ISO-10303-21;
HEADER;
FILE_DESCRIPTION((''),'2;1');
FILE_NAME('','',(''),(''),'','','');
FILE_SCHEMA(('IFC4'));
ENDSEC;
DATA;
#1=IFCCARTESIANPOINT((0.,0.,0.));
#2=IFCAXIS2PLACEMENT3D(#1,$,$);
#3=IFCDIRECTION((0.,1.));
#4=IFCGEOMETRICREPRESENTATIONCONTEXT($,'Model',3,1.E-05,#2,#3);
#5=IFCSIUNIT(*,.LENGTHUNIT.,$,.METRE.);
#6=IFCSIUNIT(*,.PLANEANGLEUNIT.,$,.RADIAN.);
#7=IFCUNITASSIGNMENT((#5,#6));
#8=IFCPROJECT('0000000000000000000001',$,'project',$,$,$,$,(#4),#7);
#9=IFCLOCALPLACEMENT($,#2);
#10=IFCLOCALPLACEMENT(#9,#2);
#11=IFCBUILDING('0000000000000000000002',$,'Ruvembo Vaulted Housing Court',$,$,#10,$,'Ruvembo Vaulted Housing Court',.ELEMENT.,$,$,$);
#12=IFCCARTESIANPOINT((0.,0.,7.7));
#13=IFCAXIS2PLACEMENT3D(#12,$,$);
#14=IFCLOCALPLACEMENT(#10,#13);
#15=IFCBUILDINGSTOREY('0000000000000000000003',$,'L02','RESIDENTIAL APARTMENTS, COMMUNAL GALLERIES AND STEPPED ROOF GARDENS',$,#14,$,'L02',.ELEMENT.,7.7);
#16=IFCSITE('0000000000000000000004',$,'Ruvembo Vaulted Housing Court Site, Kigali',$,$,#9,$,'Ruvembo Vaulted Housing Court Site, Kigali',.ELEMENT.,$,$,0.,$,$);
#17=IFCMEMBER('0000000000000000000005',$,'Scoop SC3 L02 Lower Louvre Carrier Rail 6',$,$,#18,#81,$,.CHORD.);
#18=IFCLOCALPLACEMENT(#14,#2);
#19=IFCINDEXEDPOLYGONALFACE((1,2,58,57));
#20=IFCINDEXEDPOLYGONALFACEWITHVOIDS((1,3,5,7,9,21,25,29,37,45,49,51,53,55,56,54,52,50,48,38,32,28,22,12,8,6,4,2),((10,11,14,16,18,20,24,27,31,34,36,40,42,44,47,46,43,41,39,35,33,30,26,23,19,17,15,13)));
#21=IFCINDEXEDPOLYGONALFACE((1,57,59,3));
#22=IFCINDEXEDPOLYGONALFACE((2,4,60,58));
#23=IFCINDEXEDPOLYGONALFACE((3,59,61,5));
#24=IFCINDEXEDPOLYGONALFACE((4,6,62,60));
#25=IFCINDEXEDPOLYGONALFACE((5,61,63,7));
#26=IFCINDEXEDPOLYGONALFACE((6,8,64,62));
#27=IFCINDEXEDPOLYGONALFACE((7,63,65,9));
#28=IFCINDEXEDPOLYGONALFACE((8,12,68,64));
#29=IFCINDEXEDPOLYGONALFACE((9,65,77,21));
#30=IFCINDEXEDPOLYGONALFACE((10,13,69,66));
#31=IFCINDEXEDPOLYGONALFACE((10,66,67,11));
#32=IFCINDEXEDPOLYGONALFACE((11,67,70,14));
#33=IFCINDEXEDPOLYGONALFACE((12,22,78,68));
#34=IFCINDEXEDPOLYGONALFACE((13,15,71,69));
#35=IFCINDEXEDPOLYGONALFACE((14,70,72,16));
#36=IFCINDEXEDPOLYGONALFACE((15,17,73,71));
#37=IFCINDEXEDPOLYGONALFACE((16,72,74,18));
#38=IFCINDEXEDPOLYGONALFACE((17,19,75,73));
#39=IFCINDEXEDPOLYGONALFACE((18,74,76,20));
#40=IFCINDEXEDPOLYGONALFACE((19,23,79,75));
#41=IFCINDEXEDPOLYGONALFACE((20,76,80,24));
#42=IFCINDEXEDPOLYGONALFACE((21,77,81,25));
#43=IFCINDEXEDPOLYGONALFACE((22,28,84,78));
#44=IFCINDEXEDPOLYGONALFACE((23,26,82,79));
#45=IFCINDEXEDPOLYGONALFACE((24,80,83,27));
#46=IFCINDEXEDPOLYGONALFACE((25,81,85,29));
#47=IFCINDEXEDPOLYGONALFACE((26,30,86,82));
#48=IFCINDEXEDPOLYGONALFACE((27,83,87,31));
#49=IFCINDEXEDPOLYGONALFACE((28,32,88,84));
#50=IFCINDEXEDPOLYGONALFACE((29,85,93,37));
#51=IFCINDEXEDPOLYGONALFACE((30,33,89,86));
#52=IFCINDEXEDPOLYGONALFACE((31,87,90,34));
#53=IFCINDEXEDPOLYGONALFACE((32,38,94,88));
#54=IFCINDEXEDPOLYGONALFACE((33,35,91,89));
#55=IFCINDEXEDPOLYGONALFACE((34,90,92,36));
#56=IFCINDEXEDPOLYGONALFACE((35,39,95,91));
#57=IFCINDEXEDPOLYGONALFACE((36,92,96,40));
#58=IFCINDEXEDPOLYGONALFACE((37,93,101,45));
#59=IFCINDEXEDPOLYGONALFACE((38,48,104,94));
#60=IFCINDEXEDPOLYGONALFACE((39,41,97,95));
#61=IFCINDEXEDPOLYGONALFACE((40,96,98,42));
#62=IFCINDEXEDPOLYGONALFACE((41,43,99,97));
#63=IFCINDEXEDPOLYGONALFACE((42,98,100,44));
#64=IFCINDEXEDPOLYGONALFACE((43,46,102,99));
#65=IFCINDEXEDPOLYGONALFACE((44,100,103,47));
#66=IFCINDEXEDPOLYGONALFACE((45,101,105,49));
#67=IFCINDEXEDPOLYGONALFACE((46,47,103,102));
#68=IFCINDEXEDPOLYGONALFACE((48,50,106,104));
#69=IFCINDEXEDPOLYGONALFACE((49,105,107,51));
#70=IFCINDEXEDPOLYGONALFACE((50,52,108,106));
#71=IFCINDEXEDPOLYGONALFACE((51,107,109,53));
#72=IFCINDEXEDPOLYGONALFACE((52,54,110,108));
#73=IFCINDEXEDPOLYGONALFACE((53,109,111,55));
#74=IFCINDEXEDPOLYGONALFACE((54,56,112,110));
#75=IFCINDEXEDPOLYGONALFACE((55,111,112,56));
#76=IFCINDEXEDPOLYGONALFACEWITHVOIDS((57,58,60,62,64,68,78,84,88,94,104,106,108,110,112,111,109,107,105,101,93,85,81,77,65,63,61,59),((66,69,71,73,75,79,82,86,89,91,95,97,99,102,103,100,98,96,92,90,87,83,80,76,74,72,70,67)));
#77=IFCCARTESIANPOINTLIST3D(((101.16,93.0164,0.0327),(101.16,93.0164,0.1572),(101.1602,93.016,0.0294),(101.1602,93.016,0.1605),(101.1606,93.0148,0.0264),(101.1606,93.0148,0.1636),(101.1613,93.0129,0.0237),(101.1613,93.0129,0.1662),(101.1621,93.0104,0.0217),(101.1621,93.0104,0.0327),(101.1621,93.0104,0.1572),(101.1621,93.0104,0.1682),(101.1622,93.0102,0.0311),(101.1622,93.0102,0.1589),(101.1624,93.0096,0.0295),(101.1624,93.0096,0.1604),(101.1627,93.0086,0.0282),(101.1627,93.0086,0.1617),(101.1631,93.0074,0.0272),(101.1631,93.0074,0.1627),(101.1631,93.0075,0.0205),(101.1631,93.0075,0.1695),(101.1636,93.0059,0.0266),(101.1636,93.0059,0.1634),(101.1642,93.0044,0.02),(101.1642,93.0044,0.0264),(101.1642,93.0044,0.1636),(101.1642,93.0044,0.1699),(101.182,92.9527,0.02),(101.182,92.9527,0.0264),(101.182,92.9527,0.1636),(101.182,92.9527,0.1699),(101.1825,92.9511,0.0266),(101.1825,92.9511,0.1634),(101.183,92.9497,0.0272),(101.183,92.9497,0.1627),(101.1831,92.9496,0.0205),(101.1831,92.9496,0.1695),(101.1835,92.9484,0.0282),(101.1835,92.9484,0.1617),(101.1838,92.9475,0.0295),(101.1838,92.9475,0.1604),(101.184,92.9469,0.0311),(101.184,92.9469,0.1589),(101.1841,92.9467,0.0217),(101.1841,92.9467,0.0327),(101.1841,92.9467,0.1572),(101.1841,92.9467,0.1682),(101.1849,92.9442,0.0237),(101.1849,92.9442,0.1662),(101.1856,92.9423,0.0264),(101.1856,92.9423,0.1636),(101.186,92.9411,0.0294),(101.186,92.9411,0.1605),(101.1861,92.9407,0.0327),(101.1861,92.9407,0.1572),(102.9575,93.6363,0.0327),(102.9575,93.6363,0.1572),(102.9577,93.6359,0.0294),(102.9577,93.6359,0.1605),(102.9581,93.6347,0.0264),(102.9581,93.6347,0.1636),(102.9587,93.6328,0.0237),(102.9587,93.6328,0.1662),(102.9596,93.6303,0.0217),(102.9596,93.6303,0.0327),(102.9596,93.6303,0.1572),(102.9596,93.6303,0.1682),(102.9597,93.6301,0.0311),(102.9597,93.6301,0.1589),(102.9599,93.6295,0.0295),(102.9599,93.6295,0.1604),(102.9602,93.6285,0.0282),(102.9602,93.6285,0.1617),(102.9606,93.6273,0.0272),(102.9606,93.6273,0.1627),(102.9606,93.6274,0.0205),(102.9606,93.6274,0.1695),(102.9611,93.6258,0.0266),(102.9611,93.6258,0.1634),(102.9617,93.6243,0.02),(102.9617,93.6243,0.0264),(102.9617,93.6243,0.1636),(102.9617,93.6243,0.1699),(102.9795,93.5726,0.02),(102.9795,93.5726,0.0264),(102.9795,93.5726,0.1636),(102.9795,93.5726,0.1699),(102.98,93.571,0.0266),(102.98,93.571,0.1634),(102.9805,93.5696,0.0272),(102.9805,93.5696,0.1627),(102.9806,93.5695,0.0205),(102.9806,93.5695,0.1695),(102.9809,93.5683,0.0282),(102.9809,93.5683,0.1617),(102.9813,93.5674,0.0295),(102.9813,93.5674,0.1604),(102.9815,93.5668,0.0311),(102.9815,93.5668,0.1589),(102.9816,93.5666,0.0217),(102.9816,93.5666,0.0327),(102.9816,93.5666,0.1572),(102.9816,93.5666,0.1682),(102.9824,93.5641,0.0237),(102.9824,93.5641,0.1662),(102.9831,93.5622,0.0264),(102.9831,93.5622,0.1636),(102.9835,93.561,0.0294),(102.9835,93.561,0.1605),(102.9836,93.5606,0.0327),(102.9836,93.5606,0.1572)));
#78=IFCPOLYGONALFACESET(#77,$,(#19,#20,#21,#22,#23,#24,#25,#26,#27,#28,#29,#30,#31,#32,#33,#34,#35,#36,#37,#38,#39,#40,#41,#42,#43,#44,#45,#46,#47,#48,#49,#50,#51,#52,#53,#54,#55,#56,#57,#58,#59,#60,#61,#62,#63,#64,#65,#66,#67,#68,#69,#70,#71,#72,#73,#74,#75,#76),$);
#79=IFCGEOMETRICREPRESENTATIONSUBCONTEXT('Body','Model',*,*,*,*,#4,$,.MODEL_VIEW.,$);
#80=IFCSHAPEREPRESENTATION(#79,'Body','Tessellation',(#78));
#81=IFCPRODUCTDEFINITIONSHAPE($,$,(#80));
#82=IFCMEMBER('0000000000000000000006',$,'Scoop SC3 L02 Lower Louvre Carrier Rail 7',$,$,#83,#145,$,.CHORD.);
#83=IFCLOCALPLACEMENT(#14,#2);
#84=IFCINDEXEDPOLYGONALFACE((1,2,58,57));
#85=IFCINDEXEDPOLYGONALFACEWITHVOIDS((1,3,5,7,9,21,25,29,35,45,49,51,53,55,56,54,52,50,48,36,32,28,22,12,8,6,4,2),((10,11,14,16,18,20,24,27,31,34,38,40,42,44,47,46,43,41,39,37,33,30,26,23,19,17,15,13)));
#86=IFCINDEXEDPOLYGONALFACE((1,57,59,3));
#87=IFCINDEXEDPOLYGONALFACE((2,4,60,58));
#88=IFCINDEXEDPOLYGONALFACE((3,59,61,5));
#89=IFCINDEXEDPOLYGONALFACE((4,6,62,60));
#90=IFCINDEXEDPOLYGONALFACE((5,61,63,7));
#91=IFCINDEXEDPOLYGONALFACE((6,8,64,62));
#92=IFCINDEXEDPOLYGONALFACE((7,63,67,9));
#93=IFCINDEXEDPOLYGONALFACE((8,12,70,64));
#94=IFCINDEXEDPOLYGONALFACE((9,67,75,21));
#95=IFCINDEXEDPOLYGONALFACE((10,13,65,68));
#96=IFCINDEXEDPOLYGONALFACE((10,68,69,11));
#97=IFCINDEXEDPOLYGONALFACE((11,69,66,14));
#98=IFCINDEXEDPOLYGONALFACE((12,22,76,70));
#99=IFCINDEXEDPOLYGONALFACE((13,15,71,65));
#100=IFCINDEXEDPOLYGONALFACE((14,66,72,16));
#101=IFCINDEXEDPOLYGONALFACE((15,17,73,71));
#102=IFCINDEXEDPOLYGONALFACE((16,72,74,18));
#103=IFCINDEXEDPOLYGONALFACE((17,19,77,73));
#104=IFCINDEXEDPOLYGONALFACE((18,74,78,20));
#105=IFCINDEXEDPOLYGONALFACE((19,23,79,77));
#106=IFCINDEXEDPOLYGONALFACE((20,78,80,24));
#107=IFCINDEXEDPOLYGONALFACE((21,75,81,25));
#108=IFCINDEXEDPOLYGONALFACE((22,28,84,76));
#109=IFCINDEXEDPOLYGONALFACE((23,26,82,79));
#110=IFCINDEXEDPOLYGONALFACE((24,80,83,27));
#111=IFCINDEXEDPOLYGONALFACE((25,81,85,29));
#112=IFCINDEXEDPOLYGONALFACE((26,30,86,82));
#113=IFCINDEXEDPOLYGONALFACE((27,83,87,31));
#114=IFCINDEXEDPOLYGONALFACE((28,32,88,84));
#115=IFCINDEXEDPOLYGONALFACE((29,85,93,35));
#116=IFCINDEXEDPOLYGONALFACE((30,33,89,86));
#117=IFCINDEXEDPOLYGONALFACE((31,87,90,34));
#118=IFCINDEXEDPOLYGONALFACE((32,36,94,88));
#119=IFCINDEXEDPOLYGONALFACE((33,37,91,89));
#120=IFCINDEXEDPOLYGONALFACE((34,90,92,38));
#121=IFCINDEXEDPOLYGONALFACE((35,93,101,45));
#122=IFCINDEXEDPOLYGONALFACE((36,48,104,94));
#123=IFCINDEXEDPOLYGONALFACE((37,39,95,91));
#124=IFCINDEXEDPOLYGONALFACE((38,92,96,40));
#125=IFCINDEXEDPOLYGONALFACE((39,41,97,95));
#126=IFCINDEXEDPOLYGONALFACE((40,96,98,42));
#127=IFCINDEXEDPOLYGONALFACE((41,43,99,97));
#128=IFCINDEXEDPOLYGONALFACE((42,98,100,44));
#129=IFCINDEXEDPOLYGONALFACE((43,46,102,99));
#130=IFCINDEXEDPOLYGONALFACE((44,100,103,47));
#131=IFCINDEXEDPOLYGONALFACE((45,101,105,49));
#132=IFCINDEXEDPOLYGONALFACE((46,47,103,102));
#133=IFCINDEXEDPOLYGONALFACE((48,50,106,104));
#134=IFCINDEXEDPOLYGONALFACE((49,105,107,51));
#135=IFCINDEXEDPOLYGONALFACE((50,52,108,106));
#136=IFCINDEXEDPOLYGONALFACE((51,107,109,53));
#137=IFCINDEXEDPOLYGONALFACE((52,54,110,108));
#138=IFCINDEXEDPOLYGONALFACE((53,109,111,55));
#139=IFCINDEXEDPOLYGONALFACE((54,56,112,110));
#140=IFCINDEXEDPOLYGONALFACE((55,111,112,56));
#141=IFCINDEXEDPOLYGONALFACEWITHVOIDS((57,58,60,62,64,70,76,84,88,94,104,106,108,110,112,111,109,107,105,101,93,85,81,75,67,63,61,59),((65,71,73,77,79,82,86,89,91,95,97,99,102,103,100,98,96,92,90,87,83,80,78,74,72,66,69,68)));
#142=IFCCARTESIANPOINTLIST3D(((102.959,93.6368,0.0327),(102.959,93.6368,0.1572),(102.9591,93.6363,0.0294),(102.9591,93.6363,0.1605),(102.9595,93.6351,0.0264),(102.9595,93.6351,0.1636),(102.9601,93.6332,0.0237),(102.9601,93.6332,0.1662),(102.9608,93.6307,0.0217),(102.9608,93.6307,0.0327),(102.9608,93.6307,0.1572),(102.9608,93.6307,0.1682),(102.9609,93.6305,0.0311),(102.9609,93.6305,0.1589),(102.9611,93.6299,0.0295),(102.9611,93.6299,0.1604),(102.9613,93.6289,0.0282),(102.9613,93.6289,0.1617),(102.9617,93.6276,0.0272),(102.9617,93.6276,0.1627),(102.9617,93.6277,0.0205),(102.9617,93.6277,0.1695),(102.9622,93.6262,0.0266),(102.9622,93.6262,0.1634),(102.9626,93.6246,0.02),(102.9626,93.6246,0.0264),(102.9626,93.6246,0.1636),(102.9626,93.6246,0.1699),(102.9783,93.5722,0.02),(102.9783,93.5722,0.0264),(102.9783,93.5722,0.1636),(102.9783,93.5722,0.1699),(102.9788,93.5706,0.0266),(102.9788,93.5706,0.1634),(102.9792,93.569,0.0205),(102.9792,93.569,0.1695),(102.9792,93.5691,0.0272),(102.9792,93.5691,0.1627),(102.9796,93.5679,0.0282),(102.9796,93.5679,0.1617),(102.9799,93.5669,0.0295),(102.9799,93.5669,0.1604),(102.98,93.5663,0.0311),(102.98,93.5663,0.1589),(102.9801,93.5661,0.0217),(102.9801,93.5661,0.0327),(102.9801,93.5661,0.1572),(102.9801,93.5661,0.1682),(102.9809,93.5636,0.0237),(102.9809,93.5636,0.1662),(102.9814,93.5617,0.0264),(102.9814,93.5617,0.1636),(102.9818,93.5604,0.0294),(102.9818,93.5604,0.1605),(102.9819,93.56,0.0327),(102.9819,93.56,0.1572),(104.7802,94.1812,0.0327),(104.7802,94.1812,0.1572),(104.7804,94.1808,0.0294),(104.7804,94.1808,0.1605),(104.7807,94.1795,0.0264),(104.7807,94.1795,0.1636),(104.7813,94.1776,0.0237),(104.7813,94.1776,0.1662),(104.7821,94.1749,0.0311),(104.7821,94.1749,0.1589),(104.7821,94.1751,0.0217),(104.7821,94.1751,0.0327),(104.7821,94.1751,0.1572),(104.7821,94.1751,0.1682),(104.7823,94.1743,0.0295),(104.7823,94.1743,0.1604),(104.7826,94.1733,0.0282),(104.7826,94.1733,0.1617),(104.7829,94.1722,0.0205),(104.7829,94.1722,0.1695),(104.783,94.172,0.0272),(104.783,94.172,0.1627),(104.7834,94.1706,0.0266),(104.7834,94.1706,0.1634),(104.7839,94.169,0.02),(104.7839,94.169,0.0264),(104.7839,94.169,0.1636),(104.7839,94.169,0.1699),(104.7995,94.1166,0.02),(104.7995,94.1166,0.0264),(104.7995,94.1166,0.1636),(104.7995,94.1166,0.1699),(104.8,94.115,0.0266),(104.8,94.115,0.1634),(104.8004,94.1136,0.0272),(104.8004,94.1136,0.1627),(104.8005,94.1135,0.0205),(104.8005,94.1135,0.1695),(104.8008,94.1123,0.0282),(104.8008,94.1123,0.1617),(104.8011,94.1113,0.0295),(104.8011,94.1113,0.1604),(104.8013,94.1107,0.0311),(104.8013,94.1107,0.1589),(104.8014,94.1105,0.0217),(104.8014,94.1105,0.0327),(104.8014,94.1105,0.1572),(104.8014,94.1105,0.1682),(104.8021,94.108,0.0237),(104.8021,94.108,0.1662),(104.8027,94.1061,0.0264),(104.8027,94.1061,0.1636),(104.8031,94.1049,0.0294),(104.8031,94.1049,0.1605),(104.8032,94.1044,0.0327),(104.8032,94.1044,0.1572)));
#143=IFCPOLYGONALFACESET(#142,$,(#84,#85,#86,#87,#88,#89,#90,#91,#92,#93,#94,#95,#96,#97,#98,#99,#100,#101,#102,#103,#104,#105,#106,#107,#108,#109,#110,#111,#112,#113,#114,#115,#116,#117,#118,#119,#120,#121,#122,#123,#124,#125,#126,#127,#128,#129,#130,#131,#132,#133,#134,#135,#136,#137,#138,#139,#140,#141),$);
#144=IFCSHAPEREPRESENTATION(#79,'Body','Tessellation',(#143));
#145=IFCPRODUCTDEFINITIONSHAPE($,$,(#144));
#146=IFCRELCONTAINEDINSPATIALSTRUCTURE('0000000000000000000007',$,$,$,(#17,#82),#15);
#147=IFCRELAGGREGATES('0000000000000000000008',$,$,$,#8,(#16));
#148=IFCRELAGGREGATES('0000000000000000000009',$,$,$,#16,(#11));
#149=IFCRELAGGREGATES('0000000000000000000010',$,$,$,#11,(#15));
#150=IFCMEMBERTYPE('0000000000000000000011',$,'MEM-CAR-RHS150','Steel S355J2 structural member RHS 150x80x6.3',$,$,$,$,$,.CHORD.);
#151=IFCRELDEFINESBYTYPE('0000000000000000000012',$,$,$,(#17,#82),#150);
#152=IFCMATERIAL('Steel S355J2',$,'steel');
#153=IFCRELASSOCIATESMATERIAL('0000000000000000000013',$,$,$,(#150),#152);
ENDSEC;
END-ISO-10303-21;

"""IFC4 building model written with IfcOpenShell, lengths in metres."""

from ifc_helpers import new_model, si_unit, direction, frame, origin, origin_2d, place, context, subcontext, project, spatial, hollow_rectangle, extrude, material, material_profile, profile_set, type_object, element, save


model = new_model("IFC4")

# Units and contexts
model_context = context("Model", 3, precision=1e-05, world=origin(), true_north=direction((0.0, 1.0)))
body_context = subcontext(model_context, "Body", "Model", "MODEL_VIEW")
ifc_project = project(units=[si_unit("LENGTHUNIT", "METRE"), si_unit("PLANEANGLEUNIT", "RADIAN")], contexts=[model_context])

# Site, building, storey
site_placement = place(None, origin())
site = spatial("IfcSite", under=ifc_project, at=site_placement, Name="Ruvembo Vaulted Housing Court Site, Kigali", LongName="Ruvembo Vaulted Housing Court Site, Kigali", CompositionType="ELEMENT", RefElevation=0.0)
building_placement = place(site_placement, origin())
building = spatial("IfcBuilding", under=site, at=building_placement, Name="Ruvembo Vaulted Housing Court", LongName="Ruvembo Vaulted Housing Court", CompositionType="ELEMENT")
storey_placement = place(building_placement, frame((0.0, 0.0, 7.7)))
storey = spatial("IfcBuildingStorey", under=building, at=storey_placement, Name="L02", Description="RESIDENTIAL APARTMENTS, COMMUNAL GALLERIES AND STEPPED ROOF GARDENS", LongName="L02", CompositionType="ELEMENT", Elevation=7.7)

# Shared definitions
ifc_material_1 = material(Name="Steel S355J2", Category="steel")

# Members
ifc_material_profile_1 = material_profile(ifc_material_1, hollow_rectangle(XDim=0.0801, YDim=0.1499, WallThickness=0.0063, InnerFilletRadius=0.0063, OuterFilletRadius=0.0127, at=origin_2d()), Name="RHS 150x80x6.3")
ifc_profile_set_1 = profile_set([ifc_material_profile_1], Name="Steel S355J2")
member_type_1 = type_object("IfcMemberType", Name="MEM-CAR-RHS150", Description="Steel S355J2 structural member RHS 150x80x6.3", PredefinedType="CHORD", material=ifc_profile_set_1)
member_1_placement = place(storey_placement, frame((101.1731, 92.9785, 0.095), z_axis=(0.945358, 0.326034, 0.0), x_axis=(-0.326034, 0.945358, 0.0)))
element("IfcMember", 1, at=member_1_placement, inside=storey, type_object=member_type_1, Name="Scoop SC3 L02 Lower Louvre Carrier Rail 6", PredefinedType="CHORD", context=body_context, shape_type="SweptSolid", body=[
    extrude(hollow_rectangle(XDim=0.0801, YDim=0.1499, WallThickness=0.0063, InnerFilletRadius=0.0063, OuterFilletRadius=0.0127, at=origin_2d()), origin(), (0.0, 0.0, 1.0), 1.9014),
])
member_2_placement = place(storey_placement, frame((102.9705, 93.5984, 0.095), z_axis=(0.958109, 0.286405, 0.0), x_axis=(-0.286405, 0.958109, 0.0)))
element("IfcMember", 2, at=member_2_placement, inside=storey, type_object=member_type_1, Name="Scoop SC3 L02 Lower Louvre Carrier Rail 7", PredefinedType="CHORD", context=body_context, shape_type="SweptSolid", body=[
    extrude(hollow_rectangle(XDim=0.0801, YDim=0.1499, WallThickness=0.0063, InnerFilletRadius=0.0063, OuterFilletRadius=0.0127, at=origin_2d()), origin(), (0.0, 0.0, 1.0), 1.9009),
])

save(model, "model.ifc")
